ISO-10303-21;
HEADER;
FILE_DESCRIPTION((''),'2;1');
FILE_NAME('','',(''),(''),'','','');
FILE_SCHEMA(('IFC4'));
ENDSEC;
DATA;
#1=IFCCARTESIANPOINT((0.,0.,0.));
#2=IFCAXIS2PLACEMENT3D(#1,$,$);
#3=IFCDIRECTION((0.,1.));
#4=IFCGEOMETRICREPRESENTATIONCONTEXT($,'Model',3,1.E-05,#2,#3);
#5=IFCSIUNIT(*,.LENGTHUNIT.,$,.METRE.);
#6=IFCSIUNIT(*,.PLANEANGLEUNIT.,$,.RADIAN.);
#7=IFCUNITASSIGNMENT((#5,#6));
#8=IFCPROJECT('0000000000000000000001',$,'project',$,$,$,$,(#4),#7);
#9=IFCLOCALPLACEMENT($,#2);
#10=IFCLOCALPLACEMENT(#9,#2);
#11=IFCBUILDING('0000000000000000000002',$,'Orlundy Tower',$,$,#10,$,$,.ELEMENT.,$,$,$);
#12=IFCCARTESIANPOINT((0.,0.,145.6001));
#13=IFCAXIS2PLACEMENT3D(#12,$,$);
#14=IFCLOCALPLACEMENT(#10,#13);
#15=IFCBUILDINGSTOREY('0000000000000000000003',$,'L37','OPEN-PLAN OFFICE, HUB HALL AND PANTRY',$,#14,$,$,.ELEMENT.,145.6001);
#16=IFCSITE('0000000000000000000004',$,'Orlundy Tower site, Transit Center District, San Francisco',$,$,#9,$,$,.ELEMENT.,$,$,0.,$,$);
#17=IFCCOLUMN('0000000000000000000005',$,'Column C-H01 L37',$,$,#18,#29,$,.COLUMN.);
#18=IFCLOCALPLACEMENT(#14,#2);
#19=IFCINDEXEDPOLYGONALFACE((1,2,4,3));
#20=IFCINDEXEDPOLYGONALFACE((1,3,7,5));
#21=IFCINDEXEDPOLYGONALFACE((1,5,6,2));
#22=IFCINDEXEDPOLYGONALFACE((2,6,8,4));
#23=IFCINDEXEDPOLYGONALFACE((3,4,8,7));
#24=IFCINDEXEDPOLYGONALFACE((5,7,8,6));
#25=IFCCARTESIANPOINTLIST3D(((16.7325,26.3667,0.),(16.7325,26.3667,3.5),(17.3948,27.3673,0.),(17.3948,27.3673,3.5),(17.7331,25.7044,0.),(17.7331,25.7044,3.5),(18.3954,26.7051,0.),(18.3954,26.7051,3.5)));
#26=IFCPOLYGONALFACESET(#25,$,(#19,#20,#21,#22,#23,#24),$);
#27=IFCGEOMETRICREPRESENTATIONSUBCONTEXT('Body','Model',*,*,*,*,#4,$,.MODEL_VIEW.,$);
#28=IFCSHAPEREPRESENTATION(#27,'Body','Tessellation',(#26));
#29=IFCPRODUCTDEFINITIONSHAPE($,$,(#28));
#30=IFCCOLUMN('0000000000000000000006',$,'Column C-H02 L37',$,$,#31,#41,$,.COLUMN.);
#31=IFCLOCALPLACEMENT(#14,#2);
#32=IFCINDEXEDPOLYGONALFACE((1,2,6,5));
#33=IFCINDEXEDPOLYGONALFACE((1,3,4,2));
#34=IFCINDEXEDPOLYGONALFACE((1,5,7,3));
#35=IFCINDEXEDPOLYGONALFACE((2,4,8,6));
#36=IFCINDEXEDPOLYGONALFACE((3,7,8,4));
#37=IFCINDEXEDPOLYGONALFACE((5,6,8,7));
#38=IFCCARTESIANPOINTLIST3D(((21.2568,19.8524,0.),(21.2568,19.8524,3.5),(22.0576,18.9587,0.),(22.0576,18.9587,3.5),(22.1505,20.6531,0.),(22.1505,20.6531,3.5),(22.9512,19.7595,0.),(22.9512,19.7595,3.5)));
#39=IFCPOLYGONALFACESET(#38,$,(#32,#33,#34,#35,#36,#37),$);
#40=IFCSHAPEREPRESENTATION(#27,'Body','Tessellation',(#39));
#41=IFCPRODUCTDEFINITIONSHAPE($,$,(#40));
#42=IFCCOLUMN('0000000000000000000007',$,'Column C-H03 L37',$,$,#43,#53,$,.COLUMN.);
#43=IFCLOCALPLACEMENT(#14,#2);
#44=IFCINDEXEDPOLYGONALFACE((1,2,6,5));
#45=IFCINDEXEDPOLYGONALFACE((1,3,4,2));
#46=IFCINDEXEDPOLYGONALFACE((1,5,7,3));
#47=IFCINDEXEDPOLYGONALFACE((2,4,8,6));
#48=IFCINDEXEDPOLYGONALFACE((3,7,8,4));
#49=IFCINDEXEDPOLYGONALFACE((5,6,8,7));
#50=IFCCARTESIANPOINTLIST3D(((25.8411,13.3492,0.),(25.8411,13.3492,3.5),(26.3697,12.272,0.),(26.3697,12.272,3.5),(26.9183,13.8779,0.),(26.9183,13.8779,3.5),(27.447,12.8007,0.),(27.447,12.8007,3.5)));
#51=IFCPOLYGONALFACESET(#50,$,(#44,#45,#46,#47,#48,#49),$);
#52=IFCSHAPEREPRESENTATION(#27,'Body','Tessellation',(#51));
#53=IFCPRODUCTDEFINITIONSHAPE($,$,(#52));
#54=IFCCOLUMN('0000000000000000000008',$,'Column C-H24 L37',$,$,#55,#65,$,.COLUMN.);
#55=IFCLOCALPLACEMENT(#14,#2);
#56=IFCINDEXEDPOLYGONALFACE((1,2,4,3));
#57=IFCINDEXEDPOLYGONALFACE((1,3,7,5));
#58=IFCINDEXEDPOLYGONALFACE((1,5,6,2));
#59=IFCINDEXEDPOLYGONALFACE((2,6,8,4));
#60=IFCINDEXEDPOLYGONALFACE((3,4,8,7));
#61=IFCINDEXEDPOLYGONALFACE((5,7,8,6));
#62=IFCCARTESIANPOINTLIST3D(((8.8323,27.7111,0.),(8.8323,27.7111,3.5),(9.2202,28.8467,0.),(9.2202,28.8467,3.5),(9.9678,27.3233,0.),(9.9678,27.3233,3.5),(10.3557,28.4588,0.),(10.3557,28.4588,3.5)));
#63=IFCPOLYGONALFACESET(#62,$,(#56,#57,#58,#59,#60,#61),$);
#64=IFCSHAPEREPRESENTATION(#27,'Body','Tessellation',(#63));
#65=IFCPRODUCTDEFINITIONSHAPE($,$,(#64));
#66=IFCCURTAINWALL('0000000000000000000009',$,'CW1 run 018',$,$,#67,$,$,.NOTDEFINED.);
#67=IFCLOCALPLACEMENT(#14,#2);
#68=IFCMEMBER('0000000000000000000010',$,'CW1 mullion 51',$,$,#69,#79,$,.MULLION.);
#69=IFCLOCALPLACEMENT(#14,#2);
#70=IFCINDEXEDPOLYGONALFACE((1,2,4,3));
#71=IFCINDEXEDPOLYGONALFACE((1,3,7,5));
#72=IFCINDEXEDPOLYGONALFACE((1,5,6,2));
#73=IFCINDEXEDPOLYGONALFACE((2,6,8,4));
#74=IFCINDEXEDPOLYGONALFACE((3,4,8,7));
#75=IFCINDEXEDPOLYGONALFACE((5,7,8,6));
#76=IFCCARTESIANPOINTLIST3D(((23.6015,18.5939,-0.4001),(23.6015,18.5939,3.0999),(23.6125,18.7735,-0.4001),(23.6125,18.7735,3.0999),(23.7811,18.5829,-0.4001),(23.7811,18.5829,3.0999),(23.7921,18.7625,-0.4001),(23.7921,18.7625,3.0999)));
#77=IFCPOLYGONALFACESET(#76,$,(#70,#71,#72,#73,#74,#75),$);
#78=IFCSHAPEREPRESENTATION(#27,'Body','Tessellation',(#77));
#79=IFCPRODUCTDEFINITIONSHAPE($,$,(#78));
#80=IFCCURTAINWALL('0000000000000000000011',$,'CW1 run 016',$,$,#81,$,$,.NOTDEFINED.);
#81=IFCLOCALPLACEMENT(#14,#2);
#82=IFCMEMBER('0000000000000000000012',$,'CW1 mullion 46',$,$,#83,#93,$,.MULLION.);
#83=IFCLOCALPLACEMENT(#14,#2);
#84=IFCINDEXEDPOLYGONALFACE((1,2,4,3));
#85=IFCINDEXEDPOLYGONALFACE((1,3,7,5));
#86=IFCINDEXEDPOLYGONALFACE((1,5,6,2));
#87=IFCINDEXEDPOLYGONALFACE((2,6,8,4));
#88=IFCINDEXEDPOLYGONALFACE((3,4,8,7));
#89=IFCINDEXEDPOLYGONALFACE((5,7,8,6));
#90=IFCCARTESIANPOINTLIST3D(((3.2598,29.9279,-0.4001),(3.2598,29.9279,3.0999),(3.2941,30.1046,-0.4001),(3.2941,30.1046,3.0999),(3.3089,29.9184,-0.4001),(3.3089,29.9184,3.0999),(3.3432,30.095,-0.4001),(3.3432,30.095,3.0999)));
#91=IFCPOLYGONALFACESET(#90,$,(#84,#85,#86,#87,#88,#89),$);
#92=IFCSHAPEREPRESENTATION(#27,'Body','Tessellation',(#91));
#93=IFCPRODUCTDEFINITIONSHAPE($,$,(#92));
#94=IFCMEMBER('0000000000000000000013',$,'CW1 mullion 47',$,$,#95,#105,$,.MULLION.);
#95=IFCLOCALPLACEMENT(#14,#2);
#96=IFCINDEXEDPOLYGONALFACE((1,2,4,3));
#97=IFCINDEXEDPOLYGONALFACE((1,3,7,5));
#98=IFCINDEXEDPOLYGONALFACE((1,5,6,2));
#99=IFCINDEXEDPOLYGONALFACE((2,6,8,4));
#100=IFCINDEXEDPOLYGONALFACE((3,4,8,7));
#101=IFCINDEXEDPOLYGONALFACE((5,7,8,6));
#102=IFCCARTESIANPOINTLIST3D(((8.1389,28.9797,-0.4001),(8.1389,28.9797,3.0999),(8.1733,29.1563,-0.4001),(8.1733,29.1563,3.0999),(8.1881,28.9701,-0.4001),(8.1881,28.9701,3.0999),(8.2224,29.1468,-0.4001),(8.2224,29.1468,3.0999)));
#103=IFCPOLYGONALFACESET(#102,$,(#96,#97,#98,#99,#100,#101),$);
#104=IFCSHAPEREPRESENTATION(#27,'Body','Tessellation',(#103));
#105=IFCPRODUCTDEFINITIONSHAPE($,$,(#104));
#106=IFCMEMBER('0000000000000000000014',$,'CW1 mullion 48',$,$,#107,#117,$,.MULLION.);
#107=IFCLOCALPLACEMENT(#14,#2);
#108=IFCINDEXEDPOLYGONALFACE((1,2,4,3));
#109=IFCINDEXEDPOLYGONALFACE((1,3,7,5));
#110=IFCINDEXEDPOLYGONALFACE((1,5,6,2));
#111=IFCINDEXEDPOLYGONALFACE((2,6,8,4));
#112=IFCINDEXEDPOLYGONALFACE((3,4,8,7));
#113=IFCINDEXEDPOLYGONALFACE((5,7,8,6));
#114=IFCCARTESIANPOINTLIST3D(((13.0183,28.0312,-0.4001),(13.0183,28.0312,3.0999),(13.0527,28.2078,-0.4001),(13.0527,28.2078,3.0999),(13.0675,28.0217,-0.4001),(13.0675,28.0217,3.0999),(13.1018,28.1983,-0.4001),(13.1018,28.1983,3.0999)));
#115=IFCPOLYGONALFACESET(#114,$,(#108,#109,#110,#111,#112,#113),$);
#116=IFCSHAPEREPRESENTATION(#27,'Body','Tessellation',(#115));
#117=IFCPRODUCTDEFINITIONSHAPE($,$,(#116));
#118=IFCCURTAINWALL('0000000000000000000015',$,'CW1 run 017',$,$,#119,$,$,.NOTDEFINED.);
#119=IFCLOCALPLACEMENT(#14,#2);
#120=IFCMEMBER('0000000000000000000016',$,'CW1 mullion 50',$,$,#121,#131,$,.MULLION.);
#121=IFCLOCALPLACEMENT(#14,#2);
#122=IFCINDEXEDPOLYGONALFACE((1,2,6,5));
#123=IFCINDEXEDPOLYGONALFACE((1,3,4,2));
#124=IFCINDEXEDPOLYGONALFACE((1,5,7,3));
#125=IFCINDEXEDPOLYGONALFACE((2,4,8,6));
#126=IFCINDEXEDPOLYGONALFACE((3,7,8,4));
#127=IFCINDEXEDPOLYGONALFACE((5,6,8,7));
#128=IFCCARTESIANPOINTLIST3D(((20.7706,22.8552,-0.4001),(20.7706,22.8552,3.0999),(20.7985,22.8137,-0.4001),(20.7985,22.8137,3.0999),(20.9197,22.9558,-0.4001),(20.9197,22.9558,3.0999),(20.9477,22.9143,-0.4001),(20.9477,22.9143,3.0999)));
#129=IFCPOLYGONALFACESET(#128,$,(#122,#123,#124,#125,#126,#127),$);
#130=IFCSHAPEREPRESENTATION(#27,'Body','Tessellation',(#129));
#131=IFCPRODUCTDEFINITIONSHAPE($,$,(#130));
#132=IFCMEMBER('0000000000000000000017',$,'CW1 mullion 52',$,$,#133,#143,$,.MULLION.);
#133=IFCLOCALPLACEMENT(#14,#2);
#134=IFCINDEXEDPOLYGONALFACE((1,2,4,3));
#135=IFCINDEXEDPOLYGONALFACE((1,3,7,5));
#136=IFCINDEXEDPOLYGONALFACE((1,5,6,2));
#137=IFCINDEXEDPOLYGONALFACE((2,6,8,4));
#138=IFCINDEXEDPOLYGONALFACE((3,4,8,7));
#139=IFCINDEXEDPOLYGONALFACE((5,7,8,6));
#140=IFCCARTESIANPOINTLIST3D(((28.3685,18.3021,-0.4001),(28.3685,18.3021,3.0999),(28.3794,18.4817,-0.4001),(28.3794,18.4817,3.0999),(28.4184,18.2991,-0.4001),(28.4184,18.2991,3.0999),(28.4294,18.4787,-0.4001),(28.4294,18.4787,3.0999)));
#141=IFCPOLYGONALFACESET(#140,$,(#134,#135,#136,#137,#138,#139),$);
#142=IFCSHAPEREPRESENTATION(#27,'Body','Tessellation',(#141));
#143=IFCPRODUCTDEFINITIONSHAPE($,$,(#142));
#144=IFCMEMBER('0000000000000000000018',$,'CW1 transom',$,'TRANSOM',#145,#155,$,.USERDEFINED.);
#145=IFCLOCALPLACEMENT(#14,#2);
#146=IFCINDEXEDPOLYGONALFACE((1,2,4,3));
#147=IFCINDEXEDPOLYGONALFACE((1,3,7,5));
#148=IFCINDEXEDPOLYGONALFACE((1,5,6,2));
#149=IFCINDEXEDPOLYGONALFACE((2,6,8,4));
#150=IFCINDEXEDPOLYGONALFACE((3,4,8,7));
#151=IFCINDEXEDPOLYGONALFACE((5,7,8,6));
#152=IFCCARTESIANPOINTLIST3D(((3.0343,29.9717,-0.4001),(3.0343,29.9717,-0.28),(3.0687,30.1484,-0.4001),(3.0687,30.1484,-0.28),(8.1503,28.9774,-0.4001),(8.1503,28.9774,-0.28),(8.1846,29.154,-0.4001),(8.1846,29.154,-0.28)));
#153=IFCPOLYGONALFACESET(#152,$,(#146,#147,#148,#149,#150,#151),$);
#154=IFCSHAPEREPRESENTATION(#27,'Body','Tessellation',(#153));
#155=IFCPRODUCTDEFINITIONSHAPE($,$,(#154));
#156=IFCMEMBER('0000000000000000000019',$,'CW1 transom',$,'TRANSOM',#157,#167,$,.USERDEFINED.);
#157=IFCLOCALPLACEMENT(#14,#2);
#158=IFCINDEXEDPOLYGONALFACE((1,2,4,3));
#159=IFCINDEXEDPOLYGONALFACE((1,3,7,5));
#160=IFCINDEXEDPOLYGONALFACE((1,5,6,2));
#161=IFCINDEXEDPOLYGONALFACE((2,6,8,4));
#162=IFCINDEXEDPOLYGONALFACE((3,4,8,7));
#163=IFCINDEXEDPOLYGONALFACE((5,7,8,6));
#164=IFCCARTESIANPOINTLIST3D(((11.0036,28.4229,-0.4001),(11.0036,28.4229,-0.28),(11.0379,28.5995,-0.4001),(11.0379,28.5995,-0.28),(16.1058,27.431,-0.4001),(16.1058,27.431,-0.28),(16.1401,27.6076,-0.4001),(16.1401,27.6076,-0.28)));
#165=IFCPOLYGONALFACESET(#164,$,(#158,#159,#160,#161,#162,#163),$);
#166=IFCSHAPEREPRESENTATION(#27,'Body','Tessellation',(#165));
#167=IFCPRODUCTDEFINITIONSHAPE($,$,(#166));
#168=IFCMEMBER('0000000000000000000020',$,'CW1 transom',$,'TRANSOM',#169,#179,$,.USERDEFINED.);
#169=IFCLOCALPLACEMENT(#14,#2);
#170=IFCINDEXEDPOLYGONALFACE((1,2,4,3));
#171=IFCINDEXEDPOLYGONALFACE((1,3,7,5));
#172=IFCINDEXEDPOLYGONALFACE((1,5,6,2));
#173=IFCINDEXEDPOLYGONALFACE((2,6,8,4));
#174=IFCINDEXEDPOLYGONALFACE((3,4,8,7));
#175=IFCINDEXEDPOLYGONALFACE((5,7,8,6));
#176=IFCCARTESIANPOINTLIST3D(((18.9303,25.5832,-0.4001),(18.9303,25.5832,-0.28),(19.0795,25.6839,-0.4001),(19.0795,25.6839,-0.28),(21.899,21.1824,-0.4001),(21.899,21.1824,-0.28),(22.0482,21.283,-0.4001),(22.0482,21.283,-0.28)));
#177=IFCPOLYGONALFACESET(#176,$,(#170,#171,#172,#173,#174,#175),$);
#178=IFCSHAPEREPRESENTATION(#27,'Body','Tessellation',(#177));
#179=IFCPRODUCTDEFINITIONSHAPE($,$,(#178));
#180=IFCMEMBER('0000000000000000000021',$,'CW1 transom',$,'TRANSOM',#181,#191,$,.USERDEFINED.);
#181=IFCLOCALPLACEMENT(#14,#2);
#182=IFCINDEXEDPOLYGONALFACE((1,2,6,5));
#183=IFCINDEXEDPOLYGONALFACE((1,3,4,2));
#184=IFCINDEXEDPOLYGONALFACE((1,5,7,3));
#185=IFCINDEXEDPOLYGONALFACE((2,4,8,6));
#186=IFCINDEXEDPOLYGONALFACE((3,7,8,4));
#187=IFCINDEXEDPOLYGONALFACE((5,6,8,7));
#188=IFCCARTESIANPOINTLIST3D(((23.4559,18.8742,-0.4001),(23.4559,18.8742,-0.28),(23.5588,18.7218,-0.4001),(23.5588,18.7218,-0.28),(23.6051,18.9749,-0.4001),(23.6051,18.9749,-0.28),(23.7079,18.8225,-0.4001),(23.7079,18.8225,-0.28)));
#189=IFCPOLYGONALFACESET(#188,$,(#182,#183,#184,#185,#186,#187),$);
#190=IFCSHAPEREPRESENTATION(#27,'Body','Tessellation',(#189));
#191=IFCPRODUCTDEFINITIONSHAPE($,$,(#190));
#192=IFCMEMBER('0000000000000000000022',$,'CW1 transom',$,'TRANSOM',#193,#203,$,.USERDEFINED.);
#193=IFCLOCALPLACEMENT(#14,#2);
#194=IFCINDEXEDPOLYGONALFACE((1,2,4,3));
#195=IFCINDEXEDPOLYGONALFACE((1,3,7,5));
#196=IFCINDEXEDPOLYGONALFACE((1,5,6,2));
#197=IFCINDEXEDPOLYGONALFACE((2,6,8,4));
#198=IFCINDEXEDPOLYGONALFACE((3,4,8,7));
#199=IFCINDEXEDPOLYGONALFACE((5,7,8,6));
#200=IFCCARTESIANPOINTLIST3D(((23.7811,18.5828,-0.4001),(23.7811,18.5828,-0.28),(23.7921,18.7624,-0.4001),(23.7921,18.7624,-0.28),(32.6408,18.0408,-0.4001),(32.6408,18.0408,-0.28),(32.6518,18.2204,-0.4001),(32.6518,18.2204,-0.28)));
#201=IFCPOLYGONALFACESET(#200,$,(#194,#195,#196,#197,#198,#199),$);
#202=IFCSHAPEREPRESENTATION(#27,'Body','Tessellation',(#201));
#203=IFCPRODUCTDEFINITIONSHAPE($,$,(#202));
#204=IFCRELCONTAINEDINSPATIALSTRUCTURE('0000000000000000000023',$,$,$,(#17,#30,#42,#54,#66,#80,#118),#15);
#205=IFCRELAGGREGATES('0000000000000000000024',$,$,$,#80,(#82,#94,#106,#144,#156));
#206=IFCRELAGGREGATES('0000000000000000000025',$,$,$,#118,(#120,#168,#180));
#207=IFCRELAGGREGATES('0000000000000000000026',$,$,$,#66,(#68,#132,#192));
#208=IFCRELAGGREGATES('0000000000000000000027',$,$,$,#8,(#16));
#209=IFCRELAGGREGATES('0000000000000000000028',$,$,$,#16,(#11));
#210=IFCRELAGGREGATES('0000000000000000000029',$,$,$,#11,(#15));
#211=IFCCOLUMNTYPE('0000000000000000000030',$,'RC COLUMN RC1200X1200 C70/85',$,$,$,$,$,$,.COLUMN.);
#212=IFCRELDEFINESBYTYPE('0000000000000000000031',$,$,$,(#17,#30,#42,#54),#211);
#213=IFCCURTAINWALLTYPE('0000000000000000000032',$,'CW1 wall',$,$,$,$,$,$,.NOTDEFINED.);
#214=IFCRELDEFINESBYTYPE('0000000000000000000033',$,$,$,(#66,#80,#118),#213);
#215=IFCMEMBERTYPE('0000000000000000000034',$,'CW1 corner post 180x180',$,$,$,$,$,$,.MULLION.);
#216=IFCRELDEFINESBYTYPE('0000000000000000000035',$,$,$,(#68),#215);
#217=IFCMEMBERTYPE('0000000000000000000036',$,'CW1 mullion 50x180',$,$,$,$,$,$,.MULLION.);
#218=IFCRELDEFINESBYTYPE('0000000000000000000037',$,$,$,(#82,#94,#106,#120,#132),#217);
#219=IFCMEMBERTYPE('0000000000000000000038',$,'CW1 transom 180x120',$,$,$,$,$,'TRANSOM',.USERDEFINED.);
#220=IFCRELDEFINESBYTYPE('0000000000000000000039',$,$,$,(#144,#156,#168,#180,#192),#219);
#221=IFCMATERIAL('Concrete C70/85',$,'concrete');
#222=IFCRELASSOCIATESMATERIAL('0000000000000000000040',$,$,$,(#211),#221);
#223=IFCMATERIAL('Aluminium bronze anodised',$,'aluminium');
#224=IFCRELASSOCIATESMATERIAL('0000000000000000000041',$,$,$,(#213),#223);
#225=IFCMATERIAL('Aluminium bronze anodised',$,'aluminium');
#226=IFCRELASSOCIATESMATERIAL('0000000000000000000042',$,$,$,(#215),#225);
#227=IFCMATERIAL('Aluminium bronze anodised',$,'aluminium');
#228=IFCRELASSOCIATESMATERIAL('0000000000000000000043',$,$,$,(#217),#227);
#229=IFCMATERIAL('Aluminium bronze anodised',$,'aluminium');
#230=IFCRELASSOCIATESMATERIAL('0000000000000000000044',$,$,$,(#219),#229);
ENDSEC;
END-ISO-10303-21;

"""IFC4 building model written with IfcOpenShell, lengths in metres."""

from ifc_helpers import new_model, si_unit, direction, frame, origin, origin_2d, place, context, subcontext, project, spatial, rectangle, extrude, material, material_profile, profile_set, type_object, element, aggregate, save


model = new_model("IFC4")

# Units and contexts
model_context = context("Model", 3, precision=1e-05, world=origin(), true_north=direction((0.0, 1.0)))
body_context = subcontext(model_context, "Body", "Model", "MODEL_VIEW")
ifc_project = project(units=[si_unit("LENGTHUNIT", "METRE"), si_unit("PLANEANGLEUNIT", "RADIAN")], contexts=[model_context])

# Site, building, storey
site_placement = place(None, origin())
site = spatial("IfcSite", under=ifc_project, at=site_placement, Name="Orlundy Tower site, Transit Center District, San Francisco", CompositionType="ELEMENT", RefElevation=0.0)
building_placement = place(site_placement, origin())
building = spatial("IfcBuilding", under=site, at=building_placement, Name="Orlundy Tower", CompositionType="ELEMENT")
storey_placement = place(building_placement, frame((0.0, 0.0, 145.6001)))
storey = spatial("IfcBuildingStorey", under=building, at=storey_placement, Name="L37", Description="OPEN-PLAN OFFICE, HUB HALL AND PANTRY", CompositionType="ELEMENT", Elevation=145.6001)

# Columns
ifc_material_1 = material(Name="Concrete C70/85", Category="concrete")
ifc_material_profile_1 = material_profile(ifc_material_1, rectangle(XDim=1.2, YDim=1.2, at=origin_2d()), Name="RC1200X1200")
ifc_profile_set_1 = profile_set([ifc_material_profile_1], Name="Concrete C70/85")
column_type = type_object("IfcColumnType", Name="RC COLUMN RC1200X1200 C70/85", PredefinedType="COLUMN", material=ifc_profile_set_1)
for number, where, z_axis, x_axis, name in (
    (1, (17.564, 26.5359, 0.0), (0.0, 0.0, 1.0), (0.551937, 0.833886, 0.0), "Column C-H01 L37"),
    (2, (22.104, 19.8059, 0.0), (0.0, 0.0, 1.0), (0.744754, 0.667339, 0.0), "Column C-H02 L37"),
    (3, (26.644, 13.075, 0.0), (0.0, 0.0, 1.0), (0.897728, 0.44055, 0.0), "Column C-H03 L37"),
    (4, (9.594, 28.085, 0.0), (0.0, 0.0, 1.0), (0.323257, 0.946311, 0.0), "Column C-H24 L37"),
):
    element("IfcColumn", number, at=place(storey_placement, frame(where, z_axis=z_axis, x_axis=x_axis)), inside=storey, type_object=column_type, Name=name, PredefinedType="COLUMN", context=body_context, shape_type="SweptSolid", body=[
        extrude(rectangle(XDim=1.2, YDim=1.2, at=origin_2d()), origin(), (0.0, 0.0, 1.0), 3.5),
    ])

# Curtain wall, member
ifc_material_2 = material(Name="Aluminium bronze anodised", Category="aluminium")
curtain_wall_type = type_object("IfcCurtainWallType", Name="CW1 wall", PredefinedType="NOTDEFINED", material=ifc_material_2)
curtain_wall_1_placement = place(storey_placement, origin())
curtain_wall_1 = element("IfcCurtainWall", 5, at=curtain_wall_1_placement, inside=storey, type_object=curtain_wall_type, Name="CW1 run 018", PredefinedType="NOTDEFINED")
ifc_material_3 = material(Name="Aluminium bronze anodised", Category="aluminium")
ifc_material_profile_2 = material_profile(ifc_material_3, rectangle(XDim=0.1799, YDim=0.1799, at=origin_2d()), Name="CW1 corner post 180x180")
ifc_profile_set_2 = profile_set([ifc_material_profile_2], Name="Aluminium bronze anodised")
member_type_1 = type_object("IfcMemberType", Name="CW1 corner post 180x180", PredefinedType="MULLION", material=ifc_profile_set_2)
member_1_placement = place(storey_placement, frame((23.6968, 18.6782, -0.4001), z_axis=(0.0, 0.0, 1.0), x_axis=(0.061054, 0.998134, 0.0)))
member_1 = element("IfcMember", 6, at=member_1_placement, type_object=member_type_1, Name="CW1 mullion 51", PredefinedType="MULLION", context=body_context, shape_type="SweptSolid", body=[
    extrude(rectangle(XDim=0.1799, YDim=0.1799, at=origin_2d()), origin(), (0.0, 0.0, 1.0), 3.5),
])

# Curtain wall, members
curtain_wall_2_placement = place(storey_placement, origin())
curtain_wall_2 = element("IfcCurtainWall", 7, at=curtain_wall_2_placement, inside=storey, type_object=curtain_wall_type, Name="CW1 run 016", PredefinedType="NOTDEFINED")
ifc_material_4 = material(Name="Aluminium bronze anodised", Category="aluminium")
ifc_material_profile_3 = material_profile(ifc_material_4, rectangle(XDim=0.1799, YDim=0.05, at=origin_2d()), Name="CW1 mullion 50x180")
ifc_profile_set_3 = profile_set([ifc_material_profile_3], Name="Aluminium bronze anodised")
member_type_2 = type_object("IfcMemberType", Name="CW1 mullion 50x180", PredefinedType="MULLION", material=ifc_profile_set_3)
member_2_placement = place(storey_placement, frame((3.3015, 30.0115, -0.4001), z_axis=(0.0, 0.0, 1.0), x_axis=(0.190805, 0.981628, 0.0)))
member_2 = element("IfcMember", 8, at=member_2_placement, type_object=member_type_2, Name="CW1 mullion 46", PredefinedType="MULLION", context=body_context, shape_type="SweptSolid", body=[
    extrude(rectangle(XDim=0.1799, YDim=0.05, at=origin_2d()), origin(), (0.0, 0.0, 1.0), 3.5),
])
member_3_placement = place(storey_placement, frame((8.1807, 29.0632, -0.4001), z_axis=(0.0, 0.0, 1.0), x_axis=(0.190805, 0.981628, 0.0)))
member_3 = element("IfcMember", 9, at=member_3_placement, type_object=member_type_2, Name="CW1 mullion 47", PredefinedType="MULLION", context=body_context, shape_type="SweptSolid", body=[
    extrude(rectangle(XDim=0.1799, YDim=0.05, at=origin_2d()), origin(), (0.0, 0.0, 1.0), 3.5),
])
member_4_placement = place(storey_placement, frame((13.0601, 28.1147, -0.4001), z_axis=(0.0, 0.0, 1.0), x_axis=(0.190805, 0.981628, 0.0)))
member_4 = element("IfcMember", 10, at=member_4_placement, type_object=member_type_2, Name="CW1 mullion 48", PredefinedType="MULLION", context=body_context, shape_type="SweptSolid", body=[
    extrude(rectangle(XDim=0.1799, YDim=0.05, at=origin_2d()), origin(), (0.0, 0.0, 1.0), 3.5),
])

# Curtain wall, member
curtain_wall_3_placement = place(storey_placement, origin())
curtain_wall_3 = element("IfcCurtainWall", 11, at=curtain_wall_3_placement, inside=storey, type_object=curtain_wall_type, Name="CW1 run 017", PredefinedType="NOTDEFINED")
member_5_placement = place(storey_placement, frame((20.8591, 22.8848, -0.4001), z_axis=(0.0, 0.0, 1.0), x_axis=(0.829017, 0.559223, 0.0)))
member_5 = element("IfcMember", 12, at=member_5_placement, type_object=member_type_2, Name="CW1 mullion 50", PredefinedType="MULLION", context=body_context, shape_type="SweptSolid", body=[
    extrude(rectangle(XDim=0.1799, YDim=0.05, at=origin_2d()), origin(), (0.0, 0.0, 1.0), 3.5),
])

# Members
member_6_placement = place(storey_placement, frame((28.3989, 18.3904, -0.4001), z_axis=(0.0, 0.0, 1.0), x_axis=(0.061054, 0.998134, 0.0)))
member_6 = element("IfcMember", 13, at=member_6_placement, type_object=member_type_2, Name="CW1 mullion 52", PredefinedType="MULLION", context=body_context, shape_type="SweptSolid", body=[
    extrude(rectangle(XDim=0.1799, YDim=0.05, at=origin_2d()), origin(), (0.0, 0.0, 1.0), 3.5),
])
ifc_material_5 = material(Name="Aluminium bronze anodised", Category="aluminium")
ifc_material_profile_4 = material_profile(ifc_material_5, rectangle(XDim=0.1799, YDim=0.1201, at=origin_2d()), Name="CW1 transom 180x120")
ifc_profile_set_4 = profile_set([ifc_material_profile_4], Name="Aluminium bronze anodised")
member_type_3 = type_object("IfcMemberType", Name="CW1 transom 180x120", ElementType="TRANSOM", PredefinedType="USERDEFINED", material=ifc_profile_set_4)
member_7_placement = place(storey_placement, frame((3.0515, 30.0601, -0.3401), z_axis=(0.981629, -0.190798, 0.0), x_axis=(0.190798, 0.981629, 0.0)))
member_7 = element("IfcMember", 14, at=member_7_placement, type_object=member_type_3, Name="CW1 transom", ObjectType="TRANSOM", PredefinedType="USERDEFINED", context=body_context, shape_type="SweptSolid", body=[
    extrude(rectangle(XDim=0.1799, YDim=0.1201, at=origin_2d()), origin(), (0.0, 0.0, 1.0), 5.2117),
])
member_8_placement = place(storey_placement, frame((11.0208, 28.5112, -0.3401), z_axis=(0.981622, -0.190838, 0.0), x_axis=(0.190838, 0.981622, 0.0)))
member_8 = element("IfcMember", 15, at=member_8_placement, type_object=member_type_3, Name="CW1 transom", ObjectType="TRANSOM", PredefinedType="USERDEFINED", context=body_context, shape_type="SweptSolid", body=[
    extrude(rectangle(XDim=0.1799, YDim=0.1201, at=origin_2d()), origin(), (0.0, 0.0, 1.0), 5.1978),
])
member_9_placement = place(storey_placement, frame((19.0049, 25.6335, -0.3401), z_axis=(0.559234, -0.82901, 0.0), x_axis=(0.82901, 0.559234, 0.0)))
member_9 = element("IfcMember", 16, at=member_9_placement, type_object=member_type_3, Name="CW1 transom", ObjectType="TRANSOM", PredefinedType="USERDEFINED", context=body_context, shape_type="SweptSolid", body=[
    extrude(rectangle(XDim=0.1799, YDim=0.1201, at=origin_2d()), origin(), (0.0, 0.0, 1.0), 5.3086),
])
member_10_placement = place(storey_placement, frame((23.5305, 18.9246, -0.3401), z_axis=(0.55929, -0.828972, 0.0), x_axis=(0.828972, 0.55929, 0.0)))
member_10 = element("IfcMember", 17, at=member_10_placement, type_object=member_type_3, Name="CW1 transom", ObjectType="TRANSOM", PredefinedType="USERDEFINED", context=body_context, shape_type="SweptSolid", body=[
    extrude(rectangle(XDim=0.1799, YDim=0.1201, at=origin_2d()), origin(), (0.0, 0.0, 1.0), 0.1838),
])
member_11_placement = place(storey_placement, frame((23.7866, 18.6726, -0.3401), z_axis=(0.998134, -0.061061, 0.0), x_axis=(0.061061, 0.998134, 0.0)))
member_11 = element("IfcMember", 18, at=member_11_placement, type_object=member_type_3, Name="CW1 transom", ObjectType="TRANSOM", PredefinedType="USERDEFINED", context=body_context, shape_type="SweptSolid", body=[
    extrude(rectangle(XDim=0.1799, YDim=0.1201, at=origin_2d()), origin(), (0.0, 0.0, 1.0), 8.8762),
])

aggregate(curtain_wall_2, [member_2, member_3, member_4, member_7, member_8])
aggregate(curtain_wall_3, [member_5, member_9, member_10])
aggregate(curtain_wall_1, [member_1, member_6, member_11])

save(model, "model.ifc")
